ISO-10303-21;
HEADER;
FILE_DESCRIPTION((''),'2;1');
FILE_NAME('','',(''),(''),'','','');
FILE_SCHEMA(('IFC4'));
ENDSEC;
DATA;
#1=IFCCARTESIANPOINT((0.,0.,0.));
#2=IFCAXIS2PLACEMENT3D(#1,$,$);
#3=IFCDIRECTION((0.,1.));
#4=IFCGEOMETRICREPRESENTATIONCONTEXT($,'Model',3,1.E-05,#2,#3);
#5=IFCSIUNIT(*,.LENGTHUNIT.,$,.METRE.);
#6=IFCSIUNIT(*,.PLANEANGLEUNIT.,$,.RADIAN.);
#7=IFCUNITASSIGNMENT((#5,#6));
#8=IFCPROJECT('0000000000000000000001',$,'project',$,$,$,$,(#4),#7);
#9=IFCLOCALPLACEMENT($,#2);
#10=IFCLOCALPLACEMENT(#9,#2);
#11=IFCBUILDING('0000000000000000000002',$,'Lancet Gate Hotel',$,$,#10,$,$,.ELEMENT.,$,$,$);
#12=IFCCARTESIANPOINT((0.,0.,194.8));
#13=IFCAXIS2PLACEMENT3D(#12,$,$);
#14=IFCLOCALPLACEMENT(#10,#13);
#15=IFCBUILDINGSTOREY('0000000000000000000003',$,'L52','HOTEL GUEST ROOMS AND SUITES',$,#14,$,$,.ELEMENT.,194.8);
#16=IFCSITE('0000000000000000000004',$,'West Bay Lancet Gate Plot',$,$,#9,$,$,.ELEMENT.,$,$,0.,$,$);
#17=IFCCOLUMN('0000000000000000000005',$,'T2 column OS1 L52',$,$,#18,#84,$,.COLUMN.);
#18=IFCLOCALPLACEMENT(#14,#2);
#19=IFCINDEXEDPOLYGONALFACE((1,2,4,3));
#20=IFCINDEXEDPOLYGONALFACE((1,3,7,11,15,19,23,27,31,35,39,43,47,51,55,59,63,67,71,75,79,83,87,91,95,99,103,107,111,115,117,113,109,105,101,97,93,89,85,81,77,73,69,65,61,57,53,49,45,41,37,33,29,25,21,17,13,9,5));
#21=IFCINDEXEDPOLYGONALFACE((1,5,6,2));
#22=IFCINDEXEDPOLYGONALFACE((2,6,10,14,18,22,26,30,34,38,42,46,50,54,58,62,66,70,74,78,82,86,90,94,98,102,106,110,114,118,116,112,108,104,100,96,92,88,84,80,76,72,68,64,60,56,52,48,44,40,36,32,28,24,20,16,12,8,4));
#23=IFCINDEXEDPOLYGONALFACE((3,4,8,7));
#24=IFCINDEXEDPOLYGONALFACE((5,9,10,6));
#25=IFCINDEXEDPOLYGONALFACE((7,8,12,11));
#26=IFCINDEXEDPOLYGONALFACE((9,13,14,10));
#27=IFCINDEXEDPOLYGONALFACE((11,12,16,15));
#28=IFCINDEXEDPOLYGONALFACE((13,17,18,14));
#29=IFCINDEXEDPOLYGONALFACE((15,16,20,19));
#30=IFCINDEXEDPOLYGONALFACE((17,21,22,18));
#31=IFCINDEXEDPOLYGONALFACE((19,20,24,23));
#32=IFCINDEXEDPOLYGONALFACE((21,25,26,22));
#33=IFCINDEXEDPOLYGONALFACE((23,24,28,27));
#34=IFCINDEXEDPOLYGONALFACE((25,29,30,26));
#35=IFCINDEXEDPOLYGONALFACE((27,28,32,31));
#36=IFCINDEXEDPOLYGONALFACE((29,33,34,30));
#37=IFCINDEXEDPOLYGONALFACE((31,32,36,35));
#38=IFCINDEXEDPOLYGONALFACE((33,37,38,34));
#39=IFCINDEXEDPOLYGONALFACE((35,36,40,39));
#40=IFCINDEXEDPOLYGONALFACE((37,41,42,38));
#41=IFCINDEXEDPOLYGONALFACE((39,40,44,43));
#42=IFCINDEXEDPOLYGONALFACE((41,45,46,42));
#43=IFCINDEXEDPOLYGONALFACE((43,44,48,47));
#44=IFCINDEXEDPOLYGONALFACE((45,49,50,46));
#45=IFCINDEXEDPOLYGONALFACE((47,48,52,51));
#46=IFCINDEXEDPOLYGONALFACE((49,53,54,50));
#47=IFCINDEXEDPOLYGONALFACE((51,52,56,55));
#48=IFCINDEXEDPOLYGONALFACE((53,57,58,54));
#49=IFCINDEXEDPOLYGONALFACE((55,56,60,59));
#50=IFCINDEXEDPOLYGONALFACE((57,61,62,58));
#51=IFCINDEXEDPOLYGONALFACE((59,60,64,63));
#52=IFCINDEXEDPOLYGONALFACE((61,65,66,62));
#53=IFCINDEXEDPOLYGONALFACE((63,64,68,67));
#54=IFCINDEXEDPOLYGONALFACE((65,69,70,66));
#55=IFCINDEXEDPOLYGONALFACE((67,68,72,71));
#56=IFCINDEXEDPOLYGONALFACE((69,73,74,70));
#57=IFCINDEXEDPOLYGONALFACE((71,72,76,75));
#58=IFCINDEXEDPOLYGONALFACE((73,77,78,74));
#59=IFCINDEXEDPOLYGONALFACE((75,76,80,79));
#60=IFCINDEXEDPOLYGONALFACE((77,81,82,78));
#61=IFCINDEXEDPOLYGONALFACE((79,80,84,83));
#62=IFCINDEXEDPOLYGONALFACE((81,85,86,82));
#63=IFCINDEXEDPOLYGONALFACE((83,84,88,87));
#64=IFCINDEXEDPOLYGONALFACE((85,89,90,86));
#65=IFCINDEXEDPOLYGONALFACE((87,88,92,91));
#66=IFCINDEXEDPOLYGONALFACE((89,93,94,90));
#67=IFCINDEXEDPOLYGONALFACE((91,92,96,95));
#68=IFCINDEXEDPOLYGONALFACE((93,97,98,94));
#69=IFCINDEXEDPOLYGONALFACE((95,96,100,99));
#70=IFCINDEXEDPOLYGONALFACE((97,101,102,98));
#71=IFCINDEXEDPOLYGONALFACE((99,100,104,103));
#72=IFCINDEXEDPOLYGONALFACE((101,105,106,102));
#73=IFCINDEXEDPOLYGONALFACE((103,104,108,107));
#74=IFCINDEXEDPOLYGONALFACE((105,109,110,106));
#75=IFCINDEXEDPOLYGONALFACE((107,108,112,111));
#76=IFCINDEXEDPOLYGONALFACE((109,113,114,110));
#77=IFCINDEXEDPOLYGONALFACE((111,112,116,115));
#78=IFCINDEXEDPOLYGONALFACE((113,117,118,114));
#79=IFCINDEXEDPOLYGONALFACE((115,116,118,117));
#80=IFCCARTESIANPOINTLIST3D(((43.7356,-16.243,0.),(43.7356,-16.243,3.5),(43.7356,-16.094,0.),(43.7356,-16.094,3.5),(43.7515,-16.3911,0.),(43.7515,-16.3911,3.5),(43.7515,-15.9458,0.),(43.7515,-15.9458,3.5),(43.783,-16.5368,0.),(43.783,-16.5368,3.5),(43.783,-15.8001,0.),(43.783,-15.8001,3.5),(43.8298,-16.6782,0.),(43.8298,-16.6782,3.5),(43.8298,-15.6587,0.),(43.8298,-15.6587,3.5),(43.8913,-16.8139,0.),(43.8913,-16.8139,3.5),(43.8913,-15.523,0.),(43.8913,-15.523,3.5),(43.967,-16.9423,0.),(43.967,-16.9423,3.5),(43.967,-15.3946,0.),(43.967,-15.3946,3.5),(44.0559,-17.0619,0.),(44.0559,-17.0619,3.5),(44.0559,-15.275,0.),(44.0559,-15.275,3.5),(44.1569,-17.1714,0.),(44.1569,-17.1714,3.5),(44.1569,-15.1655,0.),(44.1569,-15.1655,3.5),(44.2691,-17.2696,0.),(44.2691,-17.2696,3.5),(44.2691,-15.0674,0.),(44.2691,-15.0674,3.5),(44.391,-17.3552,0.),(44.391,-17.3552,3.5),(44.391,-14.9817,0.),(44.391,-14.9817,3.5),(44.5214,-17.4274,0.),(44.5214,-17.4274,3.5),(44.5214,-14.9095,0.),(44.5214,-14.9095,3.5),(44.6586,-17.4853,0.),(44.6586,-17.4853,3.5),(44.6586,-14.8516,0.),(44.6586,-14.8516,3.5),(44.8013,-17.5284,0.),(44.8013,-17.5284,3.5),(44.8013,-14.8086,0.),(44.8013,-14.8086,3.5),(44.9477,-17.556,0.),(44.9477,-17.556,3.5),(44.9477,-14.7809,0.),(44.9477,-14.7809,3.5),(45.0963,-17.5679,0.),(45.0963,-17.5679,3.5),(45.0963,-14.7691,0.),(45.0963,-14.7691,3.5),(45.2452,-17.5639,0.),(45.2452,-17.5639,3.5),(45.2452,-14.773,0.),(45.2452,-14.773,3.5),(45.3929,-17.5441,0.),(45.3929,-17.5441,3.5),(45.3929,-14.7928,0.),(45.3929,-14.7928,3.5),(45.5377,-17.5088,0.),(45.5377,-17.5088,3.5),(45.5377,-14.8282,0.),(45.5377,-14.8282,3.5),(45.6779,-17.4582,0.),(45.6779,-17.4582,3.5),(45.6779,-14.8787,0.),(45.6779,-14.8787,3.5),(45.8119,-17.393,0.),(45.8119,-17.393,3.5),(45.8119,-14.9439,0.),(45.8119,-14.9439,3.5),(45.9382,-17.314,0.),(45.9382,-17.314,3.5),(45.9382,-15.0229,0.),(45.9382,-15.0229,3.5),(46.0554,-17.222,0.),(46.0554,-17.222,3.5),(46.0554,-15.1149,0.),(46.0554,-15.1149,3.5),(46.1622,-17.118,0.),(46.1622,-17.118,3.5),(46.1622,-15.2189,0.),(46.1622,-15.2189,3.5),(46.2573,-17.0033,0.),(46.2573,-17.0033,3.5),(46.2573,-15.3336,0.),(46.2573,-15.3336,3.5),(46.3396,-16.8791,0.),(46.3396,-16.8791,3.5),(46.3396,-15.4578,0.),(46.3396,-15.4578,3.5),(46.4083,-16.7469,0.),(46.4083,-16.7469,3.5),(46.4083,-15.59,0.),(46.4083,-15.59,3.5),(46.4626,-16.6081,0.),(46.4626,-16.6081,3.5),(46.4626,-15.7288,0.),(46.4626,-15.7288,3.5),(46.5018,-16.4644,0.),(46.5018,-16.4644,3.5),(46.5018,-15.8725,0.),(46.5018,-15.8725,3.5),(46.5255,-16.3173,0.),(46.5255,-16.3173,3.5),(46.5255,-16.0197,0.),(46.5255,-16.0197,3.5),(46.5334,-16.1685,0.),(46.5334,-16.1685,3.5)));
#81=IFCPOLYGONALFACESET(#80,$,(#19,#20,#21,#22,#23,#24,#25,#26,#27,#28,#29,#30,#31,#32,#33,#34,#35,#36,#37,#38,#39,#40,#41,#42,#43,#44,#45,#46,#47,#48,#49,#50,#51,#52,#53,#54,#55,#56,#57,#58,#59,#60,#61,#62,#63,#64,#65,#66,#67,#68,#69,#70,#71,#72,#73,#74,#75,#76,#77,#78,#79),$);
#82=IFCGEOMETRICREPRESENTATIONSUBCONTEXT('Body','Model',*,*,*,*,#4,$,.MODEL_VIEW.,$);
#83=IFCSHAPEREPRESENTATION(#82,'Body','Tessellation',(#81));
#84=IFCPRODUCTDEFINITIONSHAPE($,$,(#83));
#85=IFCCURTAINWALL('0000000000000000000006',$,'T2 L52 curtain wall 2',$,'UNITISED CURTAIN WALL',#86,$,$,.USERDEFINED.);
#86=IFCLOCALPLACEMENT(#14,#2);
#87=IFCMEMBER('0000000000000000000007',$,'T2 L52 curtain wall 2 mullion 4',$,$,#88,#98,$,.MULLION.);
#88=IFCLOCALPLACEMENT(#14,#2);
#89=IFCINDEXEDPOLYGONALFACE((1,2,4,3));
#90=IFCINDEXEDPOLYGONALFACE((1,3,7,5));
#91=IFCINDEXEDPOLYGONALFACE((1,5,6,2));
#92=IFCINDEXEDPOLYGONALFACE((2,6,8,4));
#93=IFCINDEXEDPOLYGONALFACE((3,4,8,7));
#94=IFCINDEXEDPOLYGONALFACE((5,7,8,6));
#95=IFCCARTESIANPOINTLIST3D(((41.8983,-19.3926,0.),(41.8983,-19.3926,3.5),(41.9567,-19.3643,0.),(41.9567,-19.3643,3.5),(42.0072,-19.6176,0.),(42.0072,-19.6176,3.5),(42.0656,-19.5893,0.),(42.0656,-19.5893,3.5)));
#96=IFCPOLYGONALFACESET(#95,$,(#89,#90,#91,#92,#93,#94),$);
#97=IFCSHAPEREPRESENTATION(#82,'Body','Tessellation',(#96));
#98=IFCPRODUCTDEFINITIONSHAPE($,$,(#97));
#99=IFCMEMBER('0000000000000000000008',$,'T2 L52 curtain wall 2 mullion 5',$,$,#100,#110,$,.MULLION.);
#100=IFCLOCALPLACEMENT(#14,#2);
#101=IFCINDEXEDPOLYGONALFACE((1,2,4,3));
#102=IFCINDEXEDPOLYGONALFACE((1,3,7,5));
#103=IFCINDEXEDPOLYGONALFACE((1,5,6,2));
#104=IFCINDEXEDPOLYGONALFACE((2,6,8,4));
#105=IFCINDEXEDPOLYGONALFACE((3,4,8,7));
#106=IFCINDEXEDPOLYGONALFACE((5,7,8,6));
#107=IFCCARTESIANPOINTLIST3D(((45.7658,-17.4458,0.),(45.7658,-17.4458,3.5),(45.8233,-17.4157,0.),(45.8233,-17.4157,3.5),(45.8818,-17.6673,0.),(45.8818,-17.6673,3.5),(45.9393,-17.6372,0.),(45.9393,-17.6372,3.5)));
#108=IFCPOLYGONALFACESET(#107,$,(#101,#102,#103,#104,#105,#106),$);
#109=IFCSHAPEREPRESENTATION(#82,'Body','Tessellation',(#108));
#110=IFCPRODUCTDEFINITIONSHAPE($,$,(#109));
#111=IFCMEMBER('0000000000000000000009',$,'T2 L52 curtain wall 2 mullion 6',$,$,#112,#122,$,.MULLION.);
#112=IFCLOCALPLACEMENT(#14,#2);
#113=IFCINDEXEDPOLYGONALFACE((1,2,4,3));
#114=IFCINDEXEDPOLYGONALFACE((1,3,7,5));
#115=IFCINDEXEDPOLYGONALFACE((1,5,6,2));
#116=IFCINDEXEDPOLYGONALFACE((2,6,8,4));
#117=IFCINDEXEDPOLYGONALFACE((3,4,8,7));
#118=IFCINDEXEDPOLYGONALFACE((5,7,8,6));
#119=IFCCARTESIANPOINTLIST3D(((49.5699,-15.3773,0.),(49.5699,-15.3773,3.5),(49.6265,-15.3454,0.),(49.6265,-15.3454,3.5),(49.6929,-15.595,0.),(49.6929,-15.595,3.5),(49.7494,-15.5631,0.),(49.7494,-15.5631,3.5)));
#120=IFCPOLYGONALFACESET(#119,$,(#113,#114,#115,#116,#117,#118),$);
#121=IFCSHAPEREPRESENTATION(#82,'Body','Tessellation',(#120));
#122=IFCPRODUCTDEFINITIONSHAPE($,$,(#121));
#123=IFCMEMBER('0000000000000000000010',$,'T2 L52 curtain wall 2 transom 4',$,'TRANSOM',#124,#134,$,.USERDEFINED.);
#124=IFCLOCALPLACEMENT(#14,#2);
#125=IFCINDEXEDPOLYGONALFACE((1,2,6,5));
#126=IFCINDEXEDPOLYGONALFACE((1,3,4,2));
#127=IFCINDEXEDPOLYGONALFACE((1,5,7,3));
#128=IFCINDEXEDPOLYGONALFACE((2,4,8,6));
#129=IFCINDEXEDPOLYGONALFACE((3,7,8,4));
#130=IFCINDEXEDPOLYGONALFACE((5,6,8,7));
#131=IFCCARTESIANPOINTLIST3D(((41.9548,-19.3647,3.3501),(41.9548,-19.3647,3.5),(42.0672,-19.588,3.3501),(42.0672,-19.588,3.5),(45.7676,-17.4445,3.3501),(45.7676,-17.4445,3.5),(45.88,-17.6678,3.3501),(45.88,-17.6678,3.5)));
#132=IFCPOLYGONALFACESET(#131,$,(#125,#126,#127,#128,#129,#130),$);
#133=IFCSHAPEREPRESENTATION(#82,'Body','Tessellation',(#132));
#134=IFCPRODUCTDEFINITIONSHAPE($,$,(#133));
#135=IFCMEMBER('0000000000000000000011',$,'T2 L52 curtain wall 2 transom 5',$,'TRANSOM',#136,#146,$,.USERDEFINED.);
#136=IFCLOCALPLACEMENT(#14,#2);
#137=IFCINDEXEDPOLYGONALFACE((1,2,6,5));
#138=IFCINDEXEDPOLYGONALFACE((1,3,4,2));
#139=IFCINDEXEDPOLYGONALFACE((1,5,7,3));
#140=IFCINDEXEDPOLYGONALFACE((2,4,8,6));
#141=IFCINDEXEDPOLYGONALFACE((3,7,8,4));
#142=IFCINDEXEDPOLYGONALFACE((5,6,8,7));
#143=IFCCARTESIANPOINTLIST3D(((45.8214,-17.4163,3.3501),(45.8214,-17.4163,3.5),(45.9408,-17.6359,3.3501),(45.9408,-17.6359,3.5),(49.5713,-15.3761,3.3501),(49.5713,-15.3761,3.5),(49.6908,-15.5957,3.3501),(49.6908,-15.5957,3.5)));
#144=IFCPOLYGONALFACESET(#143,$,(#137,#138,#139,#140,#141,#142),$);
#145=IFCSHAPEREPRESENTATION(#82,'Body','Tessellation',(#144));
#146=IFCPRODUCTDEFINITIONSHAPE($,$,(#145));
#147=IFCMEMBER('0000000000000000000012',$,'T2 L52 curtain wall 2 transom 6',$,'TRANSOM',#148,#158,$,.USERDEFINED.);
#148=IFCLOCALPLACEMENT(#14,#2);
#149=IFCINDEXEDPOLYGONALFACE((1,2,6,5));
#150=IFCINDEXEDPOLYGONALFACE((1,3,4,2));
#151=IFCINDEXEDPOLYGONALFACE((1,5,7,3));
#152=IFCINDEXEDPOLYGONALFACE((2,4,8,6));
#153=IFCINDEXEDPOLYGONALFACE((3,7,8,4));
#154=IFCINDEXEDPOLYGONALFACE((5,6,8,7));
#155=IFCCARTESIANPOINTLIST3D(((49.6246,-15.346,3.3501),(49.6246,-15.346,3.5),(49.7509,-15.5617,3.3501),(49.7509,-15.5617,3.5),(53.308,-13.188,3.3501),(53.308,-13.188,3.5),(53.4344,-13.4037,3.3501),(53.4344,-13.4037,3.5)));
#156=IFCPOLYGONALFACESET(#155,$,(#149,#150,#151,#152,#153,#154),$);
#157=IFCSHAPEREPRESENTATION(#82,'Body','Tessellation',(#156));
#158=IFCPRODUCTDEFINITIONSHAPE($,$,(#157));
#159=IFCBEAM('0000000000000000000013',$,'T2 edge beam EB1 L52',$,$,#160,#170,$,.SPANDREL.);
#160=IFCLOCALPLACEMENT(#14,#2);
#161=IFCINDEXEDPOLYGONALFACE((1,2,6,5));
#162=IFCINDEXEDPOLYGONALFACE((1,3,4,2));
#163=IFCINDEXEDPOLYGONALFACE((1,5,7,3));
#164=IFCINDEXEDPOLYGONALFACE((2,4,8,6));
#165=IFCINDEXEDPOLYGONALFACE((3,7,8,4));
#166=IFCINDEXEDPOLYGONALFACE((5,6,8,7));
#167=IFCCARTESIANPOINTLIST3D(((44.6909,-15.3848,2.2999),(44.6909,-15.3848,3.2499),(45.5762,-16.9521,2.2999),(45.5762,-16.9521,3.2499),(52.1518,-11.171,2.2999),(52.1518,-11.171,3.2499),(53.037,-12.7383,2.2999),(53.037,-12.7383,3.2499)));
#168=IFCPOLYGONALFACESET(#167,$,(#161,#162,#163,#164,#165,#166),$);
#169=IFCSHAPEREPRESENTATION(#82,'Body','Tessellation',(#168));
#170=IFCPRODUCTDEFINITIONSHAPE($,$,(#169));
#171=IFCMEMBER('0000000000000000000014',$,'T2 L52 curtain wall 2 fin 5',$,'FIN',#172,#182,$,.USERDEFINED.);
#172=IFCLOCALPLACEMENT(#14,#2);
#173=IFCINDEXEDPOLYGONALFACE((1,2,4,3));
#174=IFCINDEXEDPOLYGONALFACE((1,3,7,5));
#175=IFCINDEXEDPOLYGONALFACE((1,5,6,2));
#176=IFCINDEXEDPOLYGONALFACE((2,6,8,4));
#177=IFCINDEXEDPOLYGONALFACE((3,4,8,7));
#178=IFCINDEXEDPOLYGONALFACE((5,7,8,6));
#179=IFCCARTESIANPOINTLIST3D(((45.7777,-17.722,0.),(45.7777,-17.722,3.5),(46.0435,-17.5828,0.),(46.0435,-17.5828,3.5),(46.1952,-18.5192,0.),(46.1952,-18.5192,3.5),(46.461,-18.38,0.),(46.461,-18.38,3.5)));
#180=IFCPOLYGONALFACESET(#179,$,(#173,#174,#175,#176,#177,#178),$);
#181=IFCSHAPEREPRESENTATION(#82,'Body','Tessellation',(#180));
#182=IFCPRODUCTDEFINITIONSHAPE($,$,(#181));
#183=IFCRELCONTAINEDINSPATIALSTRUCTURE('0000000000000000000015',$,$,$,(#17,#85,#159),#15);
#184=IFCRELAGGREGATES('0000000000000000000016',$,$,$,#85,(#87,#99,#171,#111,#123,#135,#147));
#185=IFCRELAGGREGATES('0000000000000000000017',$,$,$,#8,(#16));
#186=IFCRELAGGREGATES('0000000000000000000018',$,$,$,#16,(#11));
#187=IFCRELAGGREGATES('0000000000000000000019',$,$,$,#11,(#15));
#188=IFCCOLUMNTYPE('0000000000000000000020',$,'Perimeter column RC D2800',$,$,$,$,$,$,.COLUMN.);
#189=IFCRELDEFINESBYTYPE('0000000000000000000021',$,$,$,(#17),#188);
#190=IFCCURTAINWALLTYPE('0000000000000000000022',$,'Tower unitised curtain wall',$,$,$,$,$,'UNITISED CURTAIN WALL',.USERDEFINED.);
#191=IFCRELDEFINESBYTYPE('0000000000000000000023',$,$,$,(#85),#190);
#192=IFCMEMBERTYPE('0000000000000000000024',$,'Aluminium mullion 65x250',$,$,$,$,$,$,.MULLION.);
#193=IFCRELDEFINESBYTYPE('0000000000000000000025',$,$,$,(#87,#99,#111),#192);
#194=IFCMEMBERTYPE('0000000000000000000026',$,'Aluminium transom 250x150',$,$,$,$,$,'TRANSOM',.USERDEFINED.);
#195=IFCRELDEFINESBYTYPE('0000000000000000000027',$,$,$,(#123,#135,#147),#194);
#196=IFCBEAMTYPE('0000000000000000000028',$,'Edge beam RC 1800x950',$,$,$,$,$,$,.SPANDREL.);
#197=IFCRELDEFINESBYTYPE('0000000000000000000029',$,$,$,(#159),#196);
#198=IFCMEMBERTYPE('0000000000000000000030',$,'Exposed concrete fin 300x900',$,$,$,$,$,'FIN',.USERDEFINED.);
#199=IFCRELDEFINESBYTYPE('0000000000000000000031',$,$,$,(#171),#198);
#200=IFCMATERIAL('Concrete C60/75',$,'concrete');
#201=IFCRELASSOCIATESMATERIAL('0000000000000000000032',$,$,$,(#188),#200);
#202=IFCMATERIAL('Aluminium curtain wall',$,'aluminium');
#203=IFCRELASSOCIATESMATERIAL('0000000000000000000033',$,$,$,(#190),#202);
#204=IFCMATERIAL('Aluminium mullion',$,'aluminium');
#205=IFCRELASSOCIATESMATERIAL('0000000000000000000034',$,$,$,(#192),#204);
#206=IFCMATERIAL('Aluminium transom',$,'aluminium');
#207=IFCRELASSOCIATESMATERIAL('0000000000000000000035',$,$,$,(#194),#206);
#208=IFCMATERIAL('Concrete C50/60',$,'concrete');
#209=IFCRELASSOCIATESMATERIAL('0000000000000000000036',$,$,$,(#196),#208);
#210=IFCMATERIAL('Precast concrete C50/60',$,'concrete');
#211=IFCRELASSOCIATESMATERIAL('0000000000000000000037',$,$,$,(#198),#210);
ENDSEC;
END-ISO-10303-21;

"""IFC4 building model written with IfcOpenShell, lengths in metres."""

from ifc_helpers import new_model, si_unit, direction, frame, origin, origin_2d, place, context, subcontext, project, spatial, rectangle, circle, extrude, material, material_profile, profile_set, type_object, element, aggregate, save


model = new_model("IFC4")

# Units and contexts
model_context = context("Model", 3, precision=1e-05, world=origin(), true_north=direction((0.0, 1.0)))
body_context = subcontext(model_context, "Body", "Model", "MODEL_VIEW")
ifc_project = project(units=[si_unit("LENGTHUNIT", "METRE"), si_unit("PLANEANGLEUNIT", "RADIAN")], contexts=[model_context])

# Site, building, storey
site_placement = place(None, origin())
site = spatial("IfcSite", under=ifc_project, at=site_placement, Name="West Bay Lancet Gate Plot", CompositionType="ELEMENT", RefElevation=0.0)
building_placement = place(site_placement, origin())
building = spatial("IfcBuilding", under=site, at=building_placement, Name="Lancet Gate Hotel", CompositionType="ELEMENT")
storey_placement = place(building_placement, frame((0.0, 0.0, 194.8)))
storey = spatial("IfcBuildingStorey", under=building, at=storey_placement, Name="L52", Description="HOTEL GUEST ROOMS AND SUITES", CompositionType="ELEMENT", Elevation=194.8)

# Column
ifc_material_1 = material(Name="Concrete C60/75", Category="concrete")
ifc_material_profile_1 = material_profile(ifc_material_1, circle(Radius=1.3999, at=origin_2d()), Name="RC D2800")
ifc_profile_set_1 = profile_set([ifc_material_profile_1], Name="Concrete C60/75")
column_type = type_object("IfcColumnType", Name="Perimeter column RC D2800", PredefinedType="COLUMN", material=ifc_profile_set_1)
column_placement = place(storey_placement, frame((45.1335, -16.1685, 0.0), z_axis=(0.0, 0.0, 1.0), x_axis=(1.0, 0.0, 0.0)))
element("IfcColumn", 1, at=column_placement, inside=storey, type_object=column_type, Name="T2 column OS1 L52", PredefinedType="COLUMN", context=body_context, shape_type="SweptSolid", body=[
    extrude(circle(Radius=1.3999, at=origin_2d()), origin(), (0.0, 0.0, 1.0), 3.5),
])

# Curtain wall, members
ifc_material_2 = material(Name="Aluminium curtain wall", Category="aluminium")
curtain_wall_type = type_object("IfcCurtainWallType", Name="Tower unitised curtain wall", ElementType="UNITISED CURTAIN WALL", PredefinedType="USERDEFINED", material=ifc_material_2)
curtain_wall_placement = place(storey_placement, origin())
curtain_wall = element("IfcCurtainWall", 2, at=curtain_wall_placement, inside=storey, type_object=curtain_wall_type, Name="T2 L52 curtain wall 2", ObjectType="UNITISED CURTAIN WALL", PredefinedType="USERDEFINED")
ifc_material_3 = material(Name="Aluminium mullion", Category="aluminium")
ifc_material_profile_2 = material_profile(ifc_material_3, rectangle(XDim=0.0649, YDim=0.25, at=origin_2d()), Name="MULLION 65x250")
ifc_profile_set_2 = profile_set([ifc_material_profile_2], Name="Aluminium mullion")
member_type_1 = type_object("IfcMemberType", Name="Aluminium mullion 65x250", PredefinedType="MULLION", material=ifc_profile_set_2)
member_1_placement = place(storey_placement, frame((41.9819, -19.491, 0.0), z_axis=(0.0, 0.0, 1.0), x_axis=(0.900141, 0.435598, 0.0)))
member_1 = element("IfcMember", 3, at=member_1_placement, type_object=member_type_1, Name="T2 L52 curtain wall 2 mullion 4", PredefinedType="MULLION", context=body_context, shape_type="SweptSolid", body=[
    extrude(rectangle(XDim=0.0649, YDim=0.25, at=origin_2d()), origin(), (0.0, 0.0, 1.0), 3.5),
])
member_2_placement = place(storey_placement, frame((45.8525, -17.5415, 0.0), z_axis=(0.0, 0.0, 1.0), x_axis=(0.885877, 0.46392, 0.0)))
member_2 = element("IfcMember", 4, at=member_2_placement, type_object=member_type_1, Name="T2 L52 curtain wall 2 mullion 5", PredefinedType="MULLION", context=body_context, shape_type="SweptSolid", body=[
    extrude(rectangle(XDim=0.0649, YDim=0.25, at=origin_2d()), origin(), (0.0, 0.0, 1.0), 3.5),
])
member_3_placement = place(storey_placement, frame((49.6597, -15.4702, 0.0), z_axis=(0.0, 0.0, 1.0), x_axis=(0.870722, 0.491776, 0.0)))
member_3 = element("IfcMember", 5, at=member_3_placement, type_object=member_type_1, Name="T2 L52 curtain wall 2 mullion 6", PredefinedType="MULLION", context=body_context, shape_type="SweptSolid", body=[
    extrude(rectangle(XDim=0.0649, YDim=0.25, at=origin_2d()), origin(), (0.0, 0.0, 1.0), 3.5),
])
ifc_material_4 = material(Name="Aluminium transom", Category="aluminium")
ifc_material_profile_3 = material_profile(ifc_material_4, rectangle(XDim=0.25, YDim=0.1499, at=origin_2d()), Name="TRANSOM 250x150")
ifc_profile_set_3 = profile_set([ifc_material_profile_3], Name="Aluminium transom")
member_type_2 = type_object("IfcMemberType", Name="Aluminium transom 250x150", ElementType="TRANSOM", PredefinedType="USERDEFINED", material=ifc_profile_set_3)
member_4_placement = place(storey_placement, frame((42.011, -19.4763, 3.425), z_axis=(0.893131, 0.449797, 0.0), x_axis=(-0.449797, 0.893131, 0.0)))
member_4 = element("IfcMember", 6, at=member_4_placement, type_object=member_type_2, Name="T2 L52 curtain wall 2 transom 4", ObjectType="TRANSOM", PredefinedType="USERDEFINED", context=body_context, shape_type="SweptSolid", body=[
    extrude(rectangle(XDim=0.25, YDim=0.1499, at=origin_2d()), origin(), (0.0, 0.0, 1.0), 4.269),
])
member_5_placement = place(storey_placement, frame((45.8811, -17.5261, 3.425), z_axis=(0.878404, 0.477918, 0.0), x_axis=(-0.477918, 0.878404, 0.0)))
member_5 = element("IfcMember", 7, at=member_5_placement, type_object=member_type_2, Name="T2 L52 curtain wall 2 transom 5", ObjectType="TRANSOM", PredefinedType="USERDEFINED", context=body_context, shape_type="SweptSolid", body=[
    extrude(rectangle(XDim=0.25, YDim=0.1499, at=origin_2d()), origin(), (0.0, 0.0, 1.0), 4.269),
])
member_6_placement = place(storey_placement, frame((49.6877, -15.4539, 3.425), z_axis=(0.862825, 0.505502, 0.0), x_axis=(-0.505502, 0.862825, 0.0)))
member_6 = element("IfcMember", 8, at=member_6_placement, type_object=member_type_2, Name="T2 L52 curtain wall 2 transom 6", ObjectType="TRANSOM", PredefinedType="USERDEFINED", context=body_context, shape_type="SweptSolid", body=[
    extrude(rectangle(XDim=0.25, YDim=0.1499, at=origin_2d()), origin(), (0.0, 0.0, 1.0), 4.269),
])

# Beam
ifc_material_5 = material(Name="Concrete C50/60", Category="concrete")
ifc_material_profile_4 = material_profile(ifc_material_5, rectangle(XDim=1.8, YDim=0.95, at=origin_2d()), Name="RC 1800x950")
ifc_profile_set_4 = profile_set([ifc_material_profile_4], Name="Concrete C50/60")
beam_type_1 = type_object("IfcBeamType", Name="Edge beam RC 1800x950", PredefinedType="SPANDREL", material=ifc_profile_set_4)
beam_1_placement = place(storey_placement, frame((45.1335, -16.1685, 2.7749), z_axis=(0.870722, 0.491776, 0.0), x_axis=(-0.491776, 0.870722, 0.0)))
element("IfcBeam", 9, at=beam_1_placement, inside=storey, type_object=beam_type_1, Name="T2 edge beam EB1 L52", PredefinedType="SPANDREL", context=body_context, shape_type="SweptSolid", body=[
    extrude(rectangle(XDim=1.8, YDim=0.95, at=origin_2d()), origin(), (0.0, 0.0, 1.0), 8.5686),
])

# Member
ifc_material_6 = material(Name="Precast concrete C50/60", Category="concrete")
ifc_material_profile_5 = material_profile(ifc_material_6, rectangle(XDim=0.3, YDim=0.8999, at=origin_2d()), Name="FIN 300x900")
ifc_profile_set_5 = profile_set([ifc_material_profile_5], Name="Precast concrete C50/60")
member_type_3 = type_object("IfcMemberType", Name="Exposed concrete fin 300x900", ElementType="FIN", PredefinedType="USERDEFINED", material=ifc_profile_set_5)
member_7_placement = place(storey_placement, frame((46.1194, -18.051, 0.0), z_axis=(0.0, 0.0, 1.0), x_axis=(0.885877, 0.46392, 0.0)))
member_7 = element("IfcMember", 10, at=member_7_placement, type_object=member_type_3, Name="T2 L52 curtain wall 2 fin 5", ObjectType="FIN", PredefinedType="USERDEFINED", context=body_context, shape_type="SweptSolid", body=[
    extrude(rectangle(XDim=0.3, YDim=0.8999, at=origin_2d()), origin(), (0.0, 0.0, 1.0), 3.5),
])

aggregate(curtain_wall, [member_1, member_2, member_7, member_3, member_4, member_5, member_6])

save(model, "model.ifc")
